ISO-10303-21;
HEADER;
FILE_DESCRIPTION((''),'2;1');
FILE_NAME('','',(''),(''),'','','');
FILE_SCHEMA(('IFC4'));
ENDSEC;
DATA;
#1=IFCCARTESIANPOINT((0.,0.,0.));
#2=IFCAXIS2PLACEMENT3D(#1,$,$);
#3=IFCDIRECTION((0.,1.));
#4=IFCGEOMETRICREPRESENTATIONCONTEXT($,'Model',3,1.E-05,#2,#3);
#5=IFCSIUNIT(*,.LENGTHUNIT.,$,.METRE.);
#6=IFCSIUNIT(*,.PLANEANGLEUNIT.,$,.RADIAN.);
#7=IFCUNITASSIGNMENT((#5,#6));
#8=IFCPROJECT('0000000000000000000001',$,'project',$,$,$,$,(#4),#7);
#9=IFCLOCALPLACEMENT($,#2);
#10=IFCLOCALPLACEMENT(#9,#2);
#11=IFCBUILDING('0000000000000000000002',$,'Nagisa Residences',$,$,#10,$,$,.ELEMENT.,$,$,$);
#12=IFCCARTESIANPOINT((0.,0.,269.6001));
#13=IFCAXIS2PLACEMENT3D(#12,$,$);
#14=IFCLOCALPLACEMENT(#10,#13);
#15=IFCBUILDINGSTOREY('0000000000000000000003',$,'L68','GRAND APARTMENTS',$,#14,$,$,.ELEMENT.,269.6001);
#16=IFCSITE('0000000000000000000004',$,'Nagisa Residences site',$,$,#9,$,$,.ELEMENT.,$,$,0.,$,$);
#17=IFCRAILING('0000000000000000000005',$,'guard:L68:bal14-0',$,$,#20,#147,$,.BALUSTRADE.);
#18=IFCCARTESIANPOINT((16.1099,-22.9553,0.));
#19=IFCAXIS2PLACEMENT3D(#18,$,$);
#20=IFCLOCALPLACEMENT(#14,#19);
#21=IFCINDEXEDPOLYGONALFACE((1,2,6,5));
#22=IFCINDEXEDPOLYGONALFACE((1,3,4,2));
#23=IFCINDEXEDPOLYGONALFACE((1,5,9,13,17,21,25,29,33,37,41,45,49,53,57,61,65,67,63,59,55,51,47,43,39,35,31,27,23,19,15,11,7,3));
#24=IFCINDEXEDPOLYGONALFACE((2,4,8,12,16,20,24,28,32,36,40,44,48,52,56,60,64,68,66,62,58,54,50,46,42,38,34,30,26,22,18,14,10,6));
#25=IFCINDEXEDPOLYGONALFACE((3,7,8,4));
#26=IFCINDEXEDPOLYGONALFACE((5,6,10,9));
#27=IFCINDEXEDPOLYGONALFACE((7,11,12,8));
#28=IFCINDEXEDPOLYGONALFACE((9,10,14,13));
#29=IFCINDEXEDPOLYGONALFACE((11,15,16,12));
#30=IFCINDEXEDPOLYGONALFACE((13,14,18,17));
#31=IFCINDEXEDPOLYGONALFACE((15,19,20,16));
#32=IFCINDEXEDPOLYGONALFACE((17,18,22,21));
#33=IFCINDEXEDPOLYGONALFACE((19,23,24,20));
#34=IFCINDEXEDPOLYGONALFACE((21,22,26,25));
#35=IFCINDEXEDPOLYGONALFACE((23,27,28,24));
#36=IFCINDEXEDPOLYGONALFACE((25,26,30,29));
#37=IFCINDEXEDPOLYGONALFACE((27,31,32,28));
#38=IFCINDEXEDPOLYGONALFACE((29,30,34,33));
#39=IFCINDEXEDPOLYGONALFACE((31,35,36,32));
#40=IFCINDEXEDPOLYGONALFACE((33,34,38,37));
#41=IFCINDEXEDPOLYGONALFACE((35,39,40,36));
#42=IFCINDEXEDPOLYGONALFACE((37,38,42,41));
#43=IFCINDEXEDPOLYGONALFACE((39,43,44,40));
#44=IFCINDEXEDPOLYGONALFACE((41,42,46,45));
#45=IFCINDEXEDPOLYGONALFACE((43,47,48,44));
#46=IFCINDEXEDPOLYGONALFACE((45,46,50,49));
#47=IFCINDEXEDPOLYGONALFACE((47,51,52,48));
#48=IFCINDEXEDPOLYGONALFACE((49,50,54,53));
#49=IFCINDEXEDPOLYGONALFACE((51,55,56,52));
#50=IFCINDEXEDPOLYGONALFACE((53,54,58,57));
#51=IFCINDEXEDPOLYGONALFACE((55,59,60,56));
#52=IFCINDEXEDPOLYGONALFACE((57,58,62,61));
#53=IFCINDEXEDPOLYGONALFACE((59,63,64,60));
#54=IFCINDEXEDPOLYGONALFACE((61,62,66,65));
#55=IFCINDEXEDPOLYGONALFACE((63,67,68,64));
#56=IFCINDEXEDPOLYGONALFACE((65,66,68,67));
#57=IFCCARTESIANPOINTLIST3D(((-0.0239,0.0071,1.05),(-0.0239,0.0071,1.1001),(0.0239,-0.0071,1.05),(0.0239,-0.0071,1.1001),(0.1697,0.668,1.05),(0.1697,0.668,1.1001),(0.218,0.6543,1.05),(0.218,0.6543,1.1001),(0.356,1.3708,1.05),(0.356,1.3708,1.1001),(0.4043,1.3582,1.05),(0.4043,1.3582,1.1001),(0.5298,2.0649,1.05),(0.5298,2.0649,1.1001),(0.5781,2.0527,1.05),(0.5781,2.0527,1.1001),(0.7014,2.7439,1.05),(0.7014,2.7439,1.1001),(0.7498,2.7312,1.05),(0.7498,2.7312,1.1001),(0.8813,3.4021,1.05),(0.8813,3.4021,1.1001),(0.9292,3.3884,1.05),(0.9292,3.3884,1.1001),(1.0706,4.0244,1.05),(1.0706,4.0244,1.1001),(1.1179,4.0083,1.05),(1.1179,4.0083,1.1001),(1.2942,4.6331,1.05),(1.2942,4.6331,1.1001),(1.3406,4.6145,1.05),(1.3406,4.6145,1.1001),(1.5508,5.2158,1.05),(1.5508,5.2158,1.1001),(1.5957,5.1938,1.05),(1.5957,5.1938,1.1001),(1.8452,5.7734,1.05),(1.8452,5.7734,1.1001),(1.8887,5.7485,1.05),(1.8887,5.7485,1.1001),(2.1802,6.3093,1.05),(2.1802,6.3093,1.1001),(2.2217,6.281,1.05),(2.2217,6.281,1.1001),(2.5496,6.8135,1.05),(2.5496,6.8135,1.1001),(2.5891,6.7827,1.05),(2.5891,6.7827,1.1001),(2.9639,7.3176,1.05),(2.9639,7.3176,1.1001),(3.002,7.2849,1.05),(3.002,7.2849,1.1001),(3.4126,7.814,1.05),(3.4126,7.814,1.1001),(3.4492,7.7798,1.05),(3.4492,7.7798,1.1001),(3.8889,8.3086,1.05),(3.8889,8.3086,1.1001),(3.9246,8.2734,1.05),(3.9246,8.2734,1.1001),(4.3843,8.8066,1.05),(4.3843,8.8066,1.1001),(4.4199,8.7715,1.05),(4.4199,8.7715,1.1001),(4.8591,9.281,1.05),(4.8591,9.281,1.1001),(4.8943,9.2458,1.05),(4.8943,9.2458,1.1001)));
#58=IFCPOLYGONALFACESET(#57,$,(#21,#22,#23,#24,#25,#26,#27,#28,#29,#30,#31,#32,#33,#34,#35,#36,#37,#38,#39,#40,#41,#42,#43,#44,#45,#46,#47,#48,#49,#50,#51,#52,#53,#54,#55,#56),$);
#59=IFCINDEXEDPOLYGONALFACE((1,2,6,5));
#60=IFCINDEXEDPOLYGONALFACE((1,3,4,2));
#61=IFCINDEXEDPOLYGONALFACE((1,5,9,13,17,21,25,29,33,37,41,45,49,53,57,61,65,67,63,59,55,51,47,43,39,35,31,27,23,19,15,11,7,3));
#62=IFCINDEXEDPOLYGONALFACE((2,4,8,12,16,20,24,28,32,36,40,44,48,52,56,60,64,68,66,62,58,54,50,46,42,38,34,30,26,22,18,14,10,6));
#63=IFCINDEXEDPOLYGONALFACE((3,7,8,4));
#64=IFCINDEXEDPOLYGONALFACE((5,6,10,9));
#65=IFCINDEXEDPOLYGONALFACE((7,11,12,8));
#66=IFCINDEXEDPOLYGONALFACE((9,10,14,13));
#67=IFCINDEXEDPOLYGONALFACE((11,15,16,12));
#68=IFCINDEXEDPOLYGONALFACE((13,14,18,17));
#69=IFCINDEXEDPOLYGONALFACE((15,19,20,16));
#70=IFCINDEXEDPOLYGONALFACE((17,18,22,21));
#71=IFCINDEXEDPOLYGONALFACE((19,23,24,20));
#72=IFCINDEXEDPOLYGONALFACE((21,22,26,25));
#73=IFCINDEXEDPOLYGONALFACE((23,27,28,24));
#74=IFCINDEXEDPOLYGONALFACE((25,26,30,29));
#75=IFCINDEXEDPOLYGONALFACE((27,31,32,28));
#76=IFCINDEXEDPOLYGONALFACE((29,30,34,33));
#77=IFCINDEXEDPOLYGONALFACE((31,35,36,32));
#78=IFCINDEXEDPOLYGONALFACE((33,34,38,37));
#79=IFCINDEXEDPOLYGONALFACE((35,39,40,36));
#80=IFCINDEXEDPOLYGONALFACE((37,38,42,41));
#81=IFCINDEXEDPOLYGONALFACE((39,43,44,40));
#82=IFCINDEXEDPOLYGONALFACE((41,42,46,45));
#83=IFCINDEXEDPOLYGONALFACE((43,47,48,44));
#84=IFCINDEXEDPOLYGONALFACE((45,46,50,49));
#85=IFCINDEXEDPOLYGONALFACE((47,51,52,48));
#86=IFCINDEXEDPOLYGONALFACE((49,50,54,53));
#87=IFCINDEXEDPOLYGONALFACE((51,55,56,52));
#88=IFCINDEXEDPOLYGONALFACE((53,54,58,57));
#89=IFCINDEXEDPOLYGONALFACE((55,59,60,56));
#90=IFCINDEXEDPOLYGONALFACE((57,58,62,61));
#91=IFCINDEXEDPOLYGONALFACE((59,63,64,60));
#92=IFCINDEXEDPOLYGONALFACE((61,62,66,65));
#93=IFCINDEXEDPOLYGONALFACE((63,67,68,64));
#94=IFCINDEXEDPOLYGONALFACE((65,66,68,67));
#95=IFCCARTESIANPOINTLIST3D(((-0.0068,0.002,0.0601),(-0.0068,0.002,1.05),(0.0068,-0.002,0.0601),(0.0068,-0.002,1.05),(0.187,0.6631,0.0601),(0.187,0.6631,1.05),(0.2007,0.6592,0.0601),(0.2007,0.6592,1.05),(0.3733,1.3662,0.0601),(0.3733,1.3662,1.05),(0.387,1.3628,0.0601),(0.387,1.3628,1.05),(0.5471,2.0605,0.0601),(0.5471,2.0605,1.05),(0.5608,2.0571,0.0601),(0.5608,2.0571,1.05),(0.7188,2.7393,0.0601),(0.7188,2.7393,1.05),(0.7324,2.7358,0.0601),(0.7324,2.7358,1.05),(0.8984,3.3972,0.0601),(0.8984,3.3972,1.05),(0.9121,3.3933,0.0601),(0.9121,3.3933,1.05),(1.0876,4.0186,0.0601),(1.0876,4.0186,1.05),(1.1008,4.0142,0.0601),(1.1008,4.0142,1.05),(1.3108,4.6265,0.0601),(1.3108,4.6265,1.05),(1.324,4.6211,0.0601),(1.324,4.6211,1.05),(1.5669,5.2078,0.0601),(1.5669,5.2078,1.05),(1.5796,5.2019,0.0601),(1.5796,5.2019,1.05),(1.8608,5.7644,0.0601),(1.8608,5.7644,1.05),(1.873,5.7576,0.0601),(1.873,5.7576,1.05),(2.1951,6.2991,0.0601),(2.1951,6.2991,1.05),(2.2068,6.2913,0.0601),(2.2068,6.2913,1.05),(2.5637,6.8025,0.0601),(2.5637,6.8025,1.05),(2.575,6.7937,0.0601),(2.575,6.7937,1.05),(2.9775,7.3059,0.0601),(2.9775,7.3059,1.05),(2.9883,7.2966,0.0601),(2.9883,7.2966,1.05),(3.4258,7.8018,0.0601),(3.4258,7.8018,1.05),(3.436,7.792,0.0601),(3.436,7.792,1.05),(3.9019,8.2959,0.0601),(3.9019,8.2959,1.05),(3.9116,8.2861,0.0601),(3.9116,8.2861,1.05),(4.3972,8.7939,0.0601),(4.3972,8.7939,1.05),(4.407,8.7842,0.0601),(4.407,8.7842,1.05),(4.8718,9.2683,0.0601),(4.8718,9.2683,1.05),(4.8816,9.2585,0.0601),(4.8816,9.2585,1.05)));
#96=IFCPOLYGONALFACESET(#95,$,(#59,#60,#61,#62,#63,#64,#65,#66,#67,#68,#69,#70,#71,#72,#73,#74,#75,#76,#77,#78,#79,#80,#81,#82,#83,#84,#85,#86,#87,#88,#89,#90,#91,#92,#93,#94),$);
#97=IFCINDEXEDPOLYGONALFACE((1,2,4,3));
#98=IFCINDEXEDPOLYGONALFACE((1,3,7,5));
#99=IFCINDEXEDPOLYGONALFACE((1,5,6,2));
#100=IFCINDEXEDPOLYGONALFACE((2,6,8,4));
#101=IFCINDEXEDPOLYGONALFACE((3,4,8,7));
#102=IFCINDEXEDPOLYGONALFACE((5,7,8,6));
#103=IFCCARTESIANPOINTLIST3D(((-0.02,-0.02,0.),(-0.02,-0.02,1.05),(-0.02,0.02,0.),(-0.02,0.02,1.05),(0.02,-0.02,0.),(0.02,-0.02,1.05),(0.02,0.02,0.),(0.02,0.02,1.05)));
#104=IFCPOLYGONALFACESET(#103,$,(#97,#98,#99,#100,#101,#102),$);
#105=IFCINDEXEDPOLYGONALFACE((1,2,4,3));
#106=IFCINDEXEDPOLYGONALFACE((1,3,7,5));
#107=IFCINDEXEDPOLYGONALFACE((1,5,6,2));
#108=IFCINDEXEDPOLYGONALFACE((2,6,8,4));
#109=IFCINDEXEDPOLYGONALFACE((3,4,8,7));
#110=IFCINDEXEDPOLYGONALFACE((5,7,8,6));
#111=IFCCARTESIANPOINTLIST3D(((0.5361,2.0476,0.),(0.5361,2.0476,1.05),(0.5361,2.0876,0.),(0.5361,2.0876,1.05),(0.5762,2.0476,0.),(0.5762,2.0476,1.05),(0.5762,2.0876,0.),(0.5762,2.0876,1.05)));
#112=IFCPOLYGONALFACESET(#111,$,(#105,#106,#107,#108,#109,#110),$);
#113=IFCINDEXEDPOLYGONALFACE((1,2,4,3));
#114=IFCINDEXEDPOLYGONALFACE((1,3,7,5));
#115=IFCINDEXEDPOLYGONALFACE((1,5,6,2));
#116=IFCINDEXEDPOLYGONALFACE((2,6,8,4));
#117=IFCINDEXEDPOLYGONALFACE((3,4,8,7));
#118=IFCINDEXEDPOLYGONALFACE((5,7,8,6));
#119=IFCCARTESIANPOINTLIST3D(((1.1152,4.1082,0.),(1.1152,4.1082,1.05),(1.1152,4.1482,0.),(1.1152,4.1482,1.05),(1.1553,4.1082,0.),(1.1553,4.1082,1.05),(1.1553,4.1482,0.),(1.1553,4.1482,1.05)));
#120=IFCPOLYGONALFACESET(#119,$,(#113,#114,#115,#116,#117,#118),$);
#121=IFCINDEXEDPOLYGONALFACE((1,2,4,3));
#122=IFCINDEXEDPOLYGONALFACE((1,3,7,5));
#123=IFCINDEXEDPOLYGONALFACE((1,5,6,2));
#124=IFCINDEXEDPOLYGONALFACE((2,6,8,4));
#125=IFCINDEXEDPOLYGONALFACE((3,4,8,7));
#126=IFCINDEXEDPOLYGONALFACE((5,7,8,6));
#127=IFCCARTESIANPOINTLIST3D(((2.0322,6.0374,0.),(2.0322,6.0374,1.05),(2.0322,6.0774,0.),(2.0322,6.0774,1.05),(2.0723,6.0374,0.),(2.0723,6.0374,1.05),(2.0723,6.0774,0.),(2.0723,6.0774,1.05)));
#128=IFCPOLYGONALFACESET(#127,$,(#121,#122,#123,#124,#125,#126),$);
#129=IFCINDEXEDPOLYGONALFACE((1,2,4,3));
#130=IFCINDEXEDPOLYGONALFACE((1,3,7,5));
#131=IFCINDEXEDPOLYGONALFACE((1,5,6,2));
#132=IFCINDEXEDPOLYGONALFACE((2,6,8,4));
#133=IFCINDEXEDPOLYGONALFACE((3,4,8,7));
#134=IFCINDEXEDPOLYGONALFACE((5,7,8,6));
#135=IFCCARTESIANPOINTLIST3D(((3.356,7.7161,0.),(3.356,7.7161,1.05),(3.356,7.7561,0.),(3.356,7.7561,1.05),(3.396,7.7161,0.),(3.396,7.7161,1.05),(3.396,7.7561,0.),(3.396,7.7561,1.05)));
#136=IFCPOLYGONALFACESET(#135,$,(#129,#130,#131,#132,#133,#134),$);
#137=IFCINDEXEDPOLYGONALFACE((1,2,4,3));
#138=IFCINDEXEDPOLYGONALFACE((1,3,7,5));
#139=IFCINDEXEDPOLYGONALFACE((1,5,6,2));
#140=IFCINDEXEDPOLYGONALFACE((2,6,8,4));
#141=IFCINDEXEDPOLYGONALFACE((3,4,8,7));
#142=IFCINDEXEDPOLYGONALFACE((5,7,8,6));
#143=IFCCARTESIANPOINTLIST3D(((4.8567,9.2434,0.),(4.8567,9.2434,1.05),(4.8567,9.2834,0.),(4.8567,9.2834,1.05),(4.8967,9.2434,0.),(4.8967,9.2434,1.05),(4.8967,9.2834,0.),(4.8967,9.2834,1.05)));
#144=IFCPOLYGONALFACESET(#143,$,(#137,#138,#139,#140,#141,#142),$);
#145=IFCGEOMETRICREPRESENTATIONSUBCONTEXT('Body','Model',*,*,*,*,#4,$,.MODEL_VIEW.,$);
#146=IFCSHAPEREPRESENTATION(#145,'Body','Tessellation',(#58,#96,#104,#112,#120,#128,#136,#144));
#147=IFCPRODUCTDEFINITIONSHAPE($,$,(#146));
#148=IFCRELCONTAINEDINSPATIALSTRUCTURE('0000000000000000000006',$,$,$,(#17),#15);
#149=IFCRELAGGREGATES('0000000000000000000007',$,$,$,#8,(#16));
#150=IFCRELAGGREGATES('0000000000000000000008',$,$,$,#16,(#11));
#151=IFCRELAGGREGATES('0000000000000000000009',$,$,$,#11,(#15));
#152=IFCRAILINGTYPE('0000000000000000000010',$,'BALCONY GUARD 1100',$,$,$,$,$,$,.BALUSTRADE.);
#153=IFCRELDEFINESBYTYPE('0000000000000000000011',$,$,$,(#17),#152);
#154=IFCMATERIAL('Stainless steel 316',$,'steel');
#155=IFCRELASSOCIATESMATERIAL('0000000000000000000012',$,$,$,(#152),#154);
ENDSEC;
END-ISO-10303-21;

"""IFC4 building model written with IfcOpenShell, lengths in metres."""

from ifc_helpers import new_model, si_unit, direction, frame, origin, origin_2d, place, context, subcontext, project, spatial, polyline, rectangle, outline, extrude, material, type_object, element, save


model = new_model("IFC4")

# Units and contexts
model_context = context("Model", 3, precision=1e-05, world=origin(), true_north=direction((0.0, 1.0)))
body_context = subcontext(model_context, "Body", "Model", "MODEL_VIEW")
ifc_project = project(units=[si_unit("LENGTHUNIT", "METRE"), si_unit("PLANEANGLEUNIT", "RADIAN")], contexts=[model_context])

# Site, building, storey
site_placement = place(None, origin())
site = spatial("IfcSite", under=ifc_project, at=site_placement, Name="Nagisa Residences site", CompositionType="ELEMENT", RefElevation=0.0)
building_placement = place(site_placement, origin())
building = spatial("IfcBuilding", under=site, at=building_placement, Name="Nagisa Residences", CompositionType="ELEMENT")
storey_placement = place(building_placement, frame((0.0, 0.0, 269.6001)))
storey = spatial("IfcBuildingStorey", under=building, at=storey_placement, Name="L68", Description="GRAND APARTMENTS", CompositionType="ELEMENT", Elevation=269.6001)

# Railing
ifc_material_1 = material(Name="Stainless steel 316", Category="steel")
railing_type = type_object("IfcRailingType", Name="BALCONY GUARD 1100", PredefinedType="BALUSTRADE", material=ifc_material_1)
railing_1_placement = place(storey_placement, frame((16.1099, -22.9553, 0.0)))
element("IfcRailing", 1, at=railing_1_placement, inside=storey, type_object=railing_type, Name="guard:L68:bal14-0", PredefinedType="BALUSTRADE", context=body_context, shape_type="SweptSolid", body=[
    extrude(outline(polyline([(0.1697, 0.668), (-0.0239, 0.0071), (0.0239, -0.0071), (0.218, 0.6543), (0.4043, 1.3582), (0.5781, 2.0527), (0.7498, 2.7312), (0.9292, 3.3884), (1.1179, 4.0083), (1.3406, 4.6145), (1.5957, 5.1938), (1.8887, 5.7485), (2.2217, 6.281), (2.5891, 6.7827), (3.002, 7.2849), (3.4492, 7.7798), (3.9246, 8.2734), (4.4199, 8.7715), (4.8943, 9.2458), (4.8591, 9.281), (4.3843, 8.8066), (3.8889, 8.3086), (3.4126, 7.814), (2.9639, 7.3176), (2.5496, 6.8135), (2.1802, 6.3093), (1.8452, 5.7734), (1.5508, 5.2158), (1.2942, 4.6331), (1.0706, 4.0244), (0.8813, 3.4021), (0.7014, 2.7439), (0.5298, 2.0649), (0.356, 1.3708), (0.1697, 0.668)])), frame((0.0, 0.0, 1.05)), (0.0, 0.0, 1.0), 0.05),
    extrude(outline(polyline([(0.187, 0.6631), (-0.0068, 0.002), (0.0068, -0.002), (0.2007, 0.6592), (0.387, 1.3628), (0.5608, 2.0571), (0.7324, 2.7358), (0.9121, 3.3933), (1.1008, 4.0142), (1.324, 4.6211), (1.5796, 5.2019), (1.873, 5.7576), (2.2068, 6.2913), (2.575, 6.7937), (2.9883, 7.2966), (3.436, 7.792), (3.9116, 8.2861), (4.407, 8.7842), (4.8816, 9.2585), (4.8718, 9.2683), (4.3972, 8.7939), (3.9019, 8.2959), (3.4258, 7.8018), (2.9775, 7.3059), (2.5637, 6.8025), (2.1951, 6.2991), (1.8608, 5.7644), (1.5669, 5.2078), (1.3108, 4.6265), (1.0876, 4.0186), (0.8984, 3.3972), (0.7188, 2.7393), (0.5471, 2.0605), (0.3733, 1.3662), (0.187, 0.6631)])), frame((0.0, 0.0, 0.0601)), (0.0, 0.0, 1.0), 0.99),
    extrude(rectangle(XDim=0.04, YDim=0.04, at=origin_2d()), origin(), (0.0, 0.0, 1.0), 1.05),
    extrude(rectangle(XDim=0.04, YDim=0.04, at=origin_2d()), frame((0.5562, 2.0676, 0.0)), (0.0, 0.0, 1.0), 1.05),
    extrude(rectangle(XDim=0.04, YDim=0.04, at=origin_2d()), frame((1.1353, 4.1282, 0.0)), (0.0, 0.0, 1.0), 1.05),
    extrude(rectangle(XDim=0.04, YDim=0.04, at=origin_2d()), frame((2.0522, 6.0574, 0.0)), (0.0, 0.0, 1.0), 1.05),
    extrude(rectangle(XDim=0.04, YDim=0.04, at=origin_2d()), frame((3.376, 7.7361, 0.0)), (0.0, 0.0, 1.0), 1.05),
    extrude(rectangle(XDim=0.04, YDim=0.04, at=origin_2d()), frame((4.8767, 9.2634, 0.0)), (0.0, 0.0, 1.0), 1.05),
])

save(model, "model.ifc")
